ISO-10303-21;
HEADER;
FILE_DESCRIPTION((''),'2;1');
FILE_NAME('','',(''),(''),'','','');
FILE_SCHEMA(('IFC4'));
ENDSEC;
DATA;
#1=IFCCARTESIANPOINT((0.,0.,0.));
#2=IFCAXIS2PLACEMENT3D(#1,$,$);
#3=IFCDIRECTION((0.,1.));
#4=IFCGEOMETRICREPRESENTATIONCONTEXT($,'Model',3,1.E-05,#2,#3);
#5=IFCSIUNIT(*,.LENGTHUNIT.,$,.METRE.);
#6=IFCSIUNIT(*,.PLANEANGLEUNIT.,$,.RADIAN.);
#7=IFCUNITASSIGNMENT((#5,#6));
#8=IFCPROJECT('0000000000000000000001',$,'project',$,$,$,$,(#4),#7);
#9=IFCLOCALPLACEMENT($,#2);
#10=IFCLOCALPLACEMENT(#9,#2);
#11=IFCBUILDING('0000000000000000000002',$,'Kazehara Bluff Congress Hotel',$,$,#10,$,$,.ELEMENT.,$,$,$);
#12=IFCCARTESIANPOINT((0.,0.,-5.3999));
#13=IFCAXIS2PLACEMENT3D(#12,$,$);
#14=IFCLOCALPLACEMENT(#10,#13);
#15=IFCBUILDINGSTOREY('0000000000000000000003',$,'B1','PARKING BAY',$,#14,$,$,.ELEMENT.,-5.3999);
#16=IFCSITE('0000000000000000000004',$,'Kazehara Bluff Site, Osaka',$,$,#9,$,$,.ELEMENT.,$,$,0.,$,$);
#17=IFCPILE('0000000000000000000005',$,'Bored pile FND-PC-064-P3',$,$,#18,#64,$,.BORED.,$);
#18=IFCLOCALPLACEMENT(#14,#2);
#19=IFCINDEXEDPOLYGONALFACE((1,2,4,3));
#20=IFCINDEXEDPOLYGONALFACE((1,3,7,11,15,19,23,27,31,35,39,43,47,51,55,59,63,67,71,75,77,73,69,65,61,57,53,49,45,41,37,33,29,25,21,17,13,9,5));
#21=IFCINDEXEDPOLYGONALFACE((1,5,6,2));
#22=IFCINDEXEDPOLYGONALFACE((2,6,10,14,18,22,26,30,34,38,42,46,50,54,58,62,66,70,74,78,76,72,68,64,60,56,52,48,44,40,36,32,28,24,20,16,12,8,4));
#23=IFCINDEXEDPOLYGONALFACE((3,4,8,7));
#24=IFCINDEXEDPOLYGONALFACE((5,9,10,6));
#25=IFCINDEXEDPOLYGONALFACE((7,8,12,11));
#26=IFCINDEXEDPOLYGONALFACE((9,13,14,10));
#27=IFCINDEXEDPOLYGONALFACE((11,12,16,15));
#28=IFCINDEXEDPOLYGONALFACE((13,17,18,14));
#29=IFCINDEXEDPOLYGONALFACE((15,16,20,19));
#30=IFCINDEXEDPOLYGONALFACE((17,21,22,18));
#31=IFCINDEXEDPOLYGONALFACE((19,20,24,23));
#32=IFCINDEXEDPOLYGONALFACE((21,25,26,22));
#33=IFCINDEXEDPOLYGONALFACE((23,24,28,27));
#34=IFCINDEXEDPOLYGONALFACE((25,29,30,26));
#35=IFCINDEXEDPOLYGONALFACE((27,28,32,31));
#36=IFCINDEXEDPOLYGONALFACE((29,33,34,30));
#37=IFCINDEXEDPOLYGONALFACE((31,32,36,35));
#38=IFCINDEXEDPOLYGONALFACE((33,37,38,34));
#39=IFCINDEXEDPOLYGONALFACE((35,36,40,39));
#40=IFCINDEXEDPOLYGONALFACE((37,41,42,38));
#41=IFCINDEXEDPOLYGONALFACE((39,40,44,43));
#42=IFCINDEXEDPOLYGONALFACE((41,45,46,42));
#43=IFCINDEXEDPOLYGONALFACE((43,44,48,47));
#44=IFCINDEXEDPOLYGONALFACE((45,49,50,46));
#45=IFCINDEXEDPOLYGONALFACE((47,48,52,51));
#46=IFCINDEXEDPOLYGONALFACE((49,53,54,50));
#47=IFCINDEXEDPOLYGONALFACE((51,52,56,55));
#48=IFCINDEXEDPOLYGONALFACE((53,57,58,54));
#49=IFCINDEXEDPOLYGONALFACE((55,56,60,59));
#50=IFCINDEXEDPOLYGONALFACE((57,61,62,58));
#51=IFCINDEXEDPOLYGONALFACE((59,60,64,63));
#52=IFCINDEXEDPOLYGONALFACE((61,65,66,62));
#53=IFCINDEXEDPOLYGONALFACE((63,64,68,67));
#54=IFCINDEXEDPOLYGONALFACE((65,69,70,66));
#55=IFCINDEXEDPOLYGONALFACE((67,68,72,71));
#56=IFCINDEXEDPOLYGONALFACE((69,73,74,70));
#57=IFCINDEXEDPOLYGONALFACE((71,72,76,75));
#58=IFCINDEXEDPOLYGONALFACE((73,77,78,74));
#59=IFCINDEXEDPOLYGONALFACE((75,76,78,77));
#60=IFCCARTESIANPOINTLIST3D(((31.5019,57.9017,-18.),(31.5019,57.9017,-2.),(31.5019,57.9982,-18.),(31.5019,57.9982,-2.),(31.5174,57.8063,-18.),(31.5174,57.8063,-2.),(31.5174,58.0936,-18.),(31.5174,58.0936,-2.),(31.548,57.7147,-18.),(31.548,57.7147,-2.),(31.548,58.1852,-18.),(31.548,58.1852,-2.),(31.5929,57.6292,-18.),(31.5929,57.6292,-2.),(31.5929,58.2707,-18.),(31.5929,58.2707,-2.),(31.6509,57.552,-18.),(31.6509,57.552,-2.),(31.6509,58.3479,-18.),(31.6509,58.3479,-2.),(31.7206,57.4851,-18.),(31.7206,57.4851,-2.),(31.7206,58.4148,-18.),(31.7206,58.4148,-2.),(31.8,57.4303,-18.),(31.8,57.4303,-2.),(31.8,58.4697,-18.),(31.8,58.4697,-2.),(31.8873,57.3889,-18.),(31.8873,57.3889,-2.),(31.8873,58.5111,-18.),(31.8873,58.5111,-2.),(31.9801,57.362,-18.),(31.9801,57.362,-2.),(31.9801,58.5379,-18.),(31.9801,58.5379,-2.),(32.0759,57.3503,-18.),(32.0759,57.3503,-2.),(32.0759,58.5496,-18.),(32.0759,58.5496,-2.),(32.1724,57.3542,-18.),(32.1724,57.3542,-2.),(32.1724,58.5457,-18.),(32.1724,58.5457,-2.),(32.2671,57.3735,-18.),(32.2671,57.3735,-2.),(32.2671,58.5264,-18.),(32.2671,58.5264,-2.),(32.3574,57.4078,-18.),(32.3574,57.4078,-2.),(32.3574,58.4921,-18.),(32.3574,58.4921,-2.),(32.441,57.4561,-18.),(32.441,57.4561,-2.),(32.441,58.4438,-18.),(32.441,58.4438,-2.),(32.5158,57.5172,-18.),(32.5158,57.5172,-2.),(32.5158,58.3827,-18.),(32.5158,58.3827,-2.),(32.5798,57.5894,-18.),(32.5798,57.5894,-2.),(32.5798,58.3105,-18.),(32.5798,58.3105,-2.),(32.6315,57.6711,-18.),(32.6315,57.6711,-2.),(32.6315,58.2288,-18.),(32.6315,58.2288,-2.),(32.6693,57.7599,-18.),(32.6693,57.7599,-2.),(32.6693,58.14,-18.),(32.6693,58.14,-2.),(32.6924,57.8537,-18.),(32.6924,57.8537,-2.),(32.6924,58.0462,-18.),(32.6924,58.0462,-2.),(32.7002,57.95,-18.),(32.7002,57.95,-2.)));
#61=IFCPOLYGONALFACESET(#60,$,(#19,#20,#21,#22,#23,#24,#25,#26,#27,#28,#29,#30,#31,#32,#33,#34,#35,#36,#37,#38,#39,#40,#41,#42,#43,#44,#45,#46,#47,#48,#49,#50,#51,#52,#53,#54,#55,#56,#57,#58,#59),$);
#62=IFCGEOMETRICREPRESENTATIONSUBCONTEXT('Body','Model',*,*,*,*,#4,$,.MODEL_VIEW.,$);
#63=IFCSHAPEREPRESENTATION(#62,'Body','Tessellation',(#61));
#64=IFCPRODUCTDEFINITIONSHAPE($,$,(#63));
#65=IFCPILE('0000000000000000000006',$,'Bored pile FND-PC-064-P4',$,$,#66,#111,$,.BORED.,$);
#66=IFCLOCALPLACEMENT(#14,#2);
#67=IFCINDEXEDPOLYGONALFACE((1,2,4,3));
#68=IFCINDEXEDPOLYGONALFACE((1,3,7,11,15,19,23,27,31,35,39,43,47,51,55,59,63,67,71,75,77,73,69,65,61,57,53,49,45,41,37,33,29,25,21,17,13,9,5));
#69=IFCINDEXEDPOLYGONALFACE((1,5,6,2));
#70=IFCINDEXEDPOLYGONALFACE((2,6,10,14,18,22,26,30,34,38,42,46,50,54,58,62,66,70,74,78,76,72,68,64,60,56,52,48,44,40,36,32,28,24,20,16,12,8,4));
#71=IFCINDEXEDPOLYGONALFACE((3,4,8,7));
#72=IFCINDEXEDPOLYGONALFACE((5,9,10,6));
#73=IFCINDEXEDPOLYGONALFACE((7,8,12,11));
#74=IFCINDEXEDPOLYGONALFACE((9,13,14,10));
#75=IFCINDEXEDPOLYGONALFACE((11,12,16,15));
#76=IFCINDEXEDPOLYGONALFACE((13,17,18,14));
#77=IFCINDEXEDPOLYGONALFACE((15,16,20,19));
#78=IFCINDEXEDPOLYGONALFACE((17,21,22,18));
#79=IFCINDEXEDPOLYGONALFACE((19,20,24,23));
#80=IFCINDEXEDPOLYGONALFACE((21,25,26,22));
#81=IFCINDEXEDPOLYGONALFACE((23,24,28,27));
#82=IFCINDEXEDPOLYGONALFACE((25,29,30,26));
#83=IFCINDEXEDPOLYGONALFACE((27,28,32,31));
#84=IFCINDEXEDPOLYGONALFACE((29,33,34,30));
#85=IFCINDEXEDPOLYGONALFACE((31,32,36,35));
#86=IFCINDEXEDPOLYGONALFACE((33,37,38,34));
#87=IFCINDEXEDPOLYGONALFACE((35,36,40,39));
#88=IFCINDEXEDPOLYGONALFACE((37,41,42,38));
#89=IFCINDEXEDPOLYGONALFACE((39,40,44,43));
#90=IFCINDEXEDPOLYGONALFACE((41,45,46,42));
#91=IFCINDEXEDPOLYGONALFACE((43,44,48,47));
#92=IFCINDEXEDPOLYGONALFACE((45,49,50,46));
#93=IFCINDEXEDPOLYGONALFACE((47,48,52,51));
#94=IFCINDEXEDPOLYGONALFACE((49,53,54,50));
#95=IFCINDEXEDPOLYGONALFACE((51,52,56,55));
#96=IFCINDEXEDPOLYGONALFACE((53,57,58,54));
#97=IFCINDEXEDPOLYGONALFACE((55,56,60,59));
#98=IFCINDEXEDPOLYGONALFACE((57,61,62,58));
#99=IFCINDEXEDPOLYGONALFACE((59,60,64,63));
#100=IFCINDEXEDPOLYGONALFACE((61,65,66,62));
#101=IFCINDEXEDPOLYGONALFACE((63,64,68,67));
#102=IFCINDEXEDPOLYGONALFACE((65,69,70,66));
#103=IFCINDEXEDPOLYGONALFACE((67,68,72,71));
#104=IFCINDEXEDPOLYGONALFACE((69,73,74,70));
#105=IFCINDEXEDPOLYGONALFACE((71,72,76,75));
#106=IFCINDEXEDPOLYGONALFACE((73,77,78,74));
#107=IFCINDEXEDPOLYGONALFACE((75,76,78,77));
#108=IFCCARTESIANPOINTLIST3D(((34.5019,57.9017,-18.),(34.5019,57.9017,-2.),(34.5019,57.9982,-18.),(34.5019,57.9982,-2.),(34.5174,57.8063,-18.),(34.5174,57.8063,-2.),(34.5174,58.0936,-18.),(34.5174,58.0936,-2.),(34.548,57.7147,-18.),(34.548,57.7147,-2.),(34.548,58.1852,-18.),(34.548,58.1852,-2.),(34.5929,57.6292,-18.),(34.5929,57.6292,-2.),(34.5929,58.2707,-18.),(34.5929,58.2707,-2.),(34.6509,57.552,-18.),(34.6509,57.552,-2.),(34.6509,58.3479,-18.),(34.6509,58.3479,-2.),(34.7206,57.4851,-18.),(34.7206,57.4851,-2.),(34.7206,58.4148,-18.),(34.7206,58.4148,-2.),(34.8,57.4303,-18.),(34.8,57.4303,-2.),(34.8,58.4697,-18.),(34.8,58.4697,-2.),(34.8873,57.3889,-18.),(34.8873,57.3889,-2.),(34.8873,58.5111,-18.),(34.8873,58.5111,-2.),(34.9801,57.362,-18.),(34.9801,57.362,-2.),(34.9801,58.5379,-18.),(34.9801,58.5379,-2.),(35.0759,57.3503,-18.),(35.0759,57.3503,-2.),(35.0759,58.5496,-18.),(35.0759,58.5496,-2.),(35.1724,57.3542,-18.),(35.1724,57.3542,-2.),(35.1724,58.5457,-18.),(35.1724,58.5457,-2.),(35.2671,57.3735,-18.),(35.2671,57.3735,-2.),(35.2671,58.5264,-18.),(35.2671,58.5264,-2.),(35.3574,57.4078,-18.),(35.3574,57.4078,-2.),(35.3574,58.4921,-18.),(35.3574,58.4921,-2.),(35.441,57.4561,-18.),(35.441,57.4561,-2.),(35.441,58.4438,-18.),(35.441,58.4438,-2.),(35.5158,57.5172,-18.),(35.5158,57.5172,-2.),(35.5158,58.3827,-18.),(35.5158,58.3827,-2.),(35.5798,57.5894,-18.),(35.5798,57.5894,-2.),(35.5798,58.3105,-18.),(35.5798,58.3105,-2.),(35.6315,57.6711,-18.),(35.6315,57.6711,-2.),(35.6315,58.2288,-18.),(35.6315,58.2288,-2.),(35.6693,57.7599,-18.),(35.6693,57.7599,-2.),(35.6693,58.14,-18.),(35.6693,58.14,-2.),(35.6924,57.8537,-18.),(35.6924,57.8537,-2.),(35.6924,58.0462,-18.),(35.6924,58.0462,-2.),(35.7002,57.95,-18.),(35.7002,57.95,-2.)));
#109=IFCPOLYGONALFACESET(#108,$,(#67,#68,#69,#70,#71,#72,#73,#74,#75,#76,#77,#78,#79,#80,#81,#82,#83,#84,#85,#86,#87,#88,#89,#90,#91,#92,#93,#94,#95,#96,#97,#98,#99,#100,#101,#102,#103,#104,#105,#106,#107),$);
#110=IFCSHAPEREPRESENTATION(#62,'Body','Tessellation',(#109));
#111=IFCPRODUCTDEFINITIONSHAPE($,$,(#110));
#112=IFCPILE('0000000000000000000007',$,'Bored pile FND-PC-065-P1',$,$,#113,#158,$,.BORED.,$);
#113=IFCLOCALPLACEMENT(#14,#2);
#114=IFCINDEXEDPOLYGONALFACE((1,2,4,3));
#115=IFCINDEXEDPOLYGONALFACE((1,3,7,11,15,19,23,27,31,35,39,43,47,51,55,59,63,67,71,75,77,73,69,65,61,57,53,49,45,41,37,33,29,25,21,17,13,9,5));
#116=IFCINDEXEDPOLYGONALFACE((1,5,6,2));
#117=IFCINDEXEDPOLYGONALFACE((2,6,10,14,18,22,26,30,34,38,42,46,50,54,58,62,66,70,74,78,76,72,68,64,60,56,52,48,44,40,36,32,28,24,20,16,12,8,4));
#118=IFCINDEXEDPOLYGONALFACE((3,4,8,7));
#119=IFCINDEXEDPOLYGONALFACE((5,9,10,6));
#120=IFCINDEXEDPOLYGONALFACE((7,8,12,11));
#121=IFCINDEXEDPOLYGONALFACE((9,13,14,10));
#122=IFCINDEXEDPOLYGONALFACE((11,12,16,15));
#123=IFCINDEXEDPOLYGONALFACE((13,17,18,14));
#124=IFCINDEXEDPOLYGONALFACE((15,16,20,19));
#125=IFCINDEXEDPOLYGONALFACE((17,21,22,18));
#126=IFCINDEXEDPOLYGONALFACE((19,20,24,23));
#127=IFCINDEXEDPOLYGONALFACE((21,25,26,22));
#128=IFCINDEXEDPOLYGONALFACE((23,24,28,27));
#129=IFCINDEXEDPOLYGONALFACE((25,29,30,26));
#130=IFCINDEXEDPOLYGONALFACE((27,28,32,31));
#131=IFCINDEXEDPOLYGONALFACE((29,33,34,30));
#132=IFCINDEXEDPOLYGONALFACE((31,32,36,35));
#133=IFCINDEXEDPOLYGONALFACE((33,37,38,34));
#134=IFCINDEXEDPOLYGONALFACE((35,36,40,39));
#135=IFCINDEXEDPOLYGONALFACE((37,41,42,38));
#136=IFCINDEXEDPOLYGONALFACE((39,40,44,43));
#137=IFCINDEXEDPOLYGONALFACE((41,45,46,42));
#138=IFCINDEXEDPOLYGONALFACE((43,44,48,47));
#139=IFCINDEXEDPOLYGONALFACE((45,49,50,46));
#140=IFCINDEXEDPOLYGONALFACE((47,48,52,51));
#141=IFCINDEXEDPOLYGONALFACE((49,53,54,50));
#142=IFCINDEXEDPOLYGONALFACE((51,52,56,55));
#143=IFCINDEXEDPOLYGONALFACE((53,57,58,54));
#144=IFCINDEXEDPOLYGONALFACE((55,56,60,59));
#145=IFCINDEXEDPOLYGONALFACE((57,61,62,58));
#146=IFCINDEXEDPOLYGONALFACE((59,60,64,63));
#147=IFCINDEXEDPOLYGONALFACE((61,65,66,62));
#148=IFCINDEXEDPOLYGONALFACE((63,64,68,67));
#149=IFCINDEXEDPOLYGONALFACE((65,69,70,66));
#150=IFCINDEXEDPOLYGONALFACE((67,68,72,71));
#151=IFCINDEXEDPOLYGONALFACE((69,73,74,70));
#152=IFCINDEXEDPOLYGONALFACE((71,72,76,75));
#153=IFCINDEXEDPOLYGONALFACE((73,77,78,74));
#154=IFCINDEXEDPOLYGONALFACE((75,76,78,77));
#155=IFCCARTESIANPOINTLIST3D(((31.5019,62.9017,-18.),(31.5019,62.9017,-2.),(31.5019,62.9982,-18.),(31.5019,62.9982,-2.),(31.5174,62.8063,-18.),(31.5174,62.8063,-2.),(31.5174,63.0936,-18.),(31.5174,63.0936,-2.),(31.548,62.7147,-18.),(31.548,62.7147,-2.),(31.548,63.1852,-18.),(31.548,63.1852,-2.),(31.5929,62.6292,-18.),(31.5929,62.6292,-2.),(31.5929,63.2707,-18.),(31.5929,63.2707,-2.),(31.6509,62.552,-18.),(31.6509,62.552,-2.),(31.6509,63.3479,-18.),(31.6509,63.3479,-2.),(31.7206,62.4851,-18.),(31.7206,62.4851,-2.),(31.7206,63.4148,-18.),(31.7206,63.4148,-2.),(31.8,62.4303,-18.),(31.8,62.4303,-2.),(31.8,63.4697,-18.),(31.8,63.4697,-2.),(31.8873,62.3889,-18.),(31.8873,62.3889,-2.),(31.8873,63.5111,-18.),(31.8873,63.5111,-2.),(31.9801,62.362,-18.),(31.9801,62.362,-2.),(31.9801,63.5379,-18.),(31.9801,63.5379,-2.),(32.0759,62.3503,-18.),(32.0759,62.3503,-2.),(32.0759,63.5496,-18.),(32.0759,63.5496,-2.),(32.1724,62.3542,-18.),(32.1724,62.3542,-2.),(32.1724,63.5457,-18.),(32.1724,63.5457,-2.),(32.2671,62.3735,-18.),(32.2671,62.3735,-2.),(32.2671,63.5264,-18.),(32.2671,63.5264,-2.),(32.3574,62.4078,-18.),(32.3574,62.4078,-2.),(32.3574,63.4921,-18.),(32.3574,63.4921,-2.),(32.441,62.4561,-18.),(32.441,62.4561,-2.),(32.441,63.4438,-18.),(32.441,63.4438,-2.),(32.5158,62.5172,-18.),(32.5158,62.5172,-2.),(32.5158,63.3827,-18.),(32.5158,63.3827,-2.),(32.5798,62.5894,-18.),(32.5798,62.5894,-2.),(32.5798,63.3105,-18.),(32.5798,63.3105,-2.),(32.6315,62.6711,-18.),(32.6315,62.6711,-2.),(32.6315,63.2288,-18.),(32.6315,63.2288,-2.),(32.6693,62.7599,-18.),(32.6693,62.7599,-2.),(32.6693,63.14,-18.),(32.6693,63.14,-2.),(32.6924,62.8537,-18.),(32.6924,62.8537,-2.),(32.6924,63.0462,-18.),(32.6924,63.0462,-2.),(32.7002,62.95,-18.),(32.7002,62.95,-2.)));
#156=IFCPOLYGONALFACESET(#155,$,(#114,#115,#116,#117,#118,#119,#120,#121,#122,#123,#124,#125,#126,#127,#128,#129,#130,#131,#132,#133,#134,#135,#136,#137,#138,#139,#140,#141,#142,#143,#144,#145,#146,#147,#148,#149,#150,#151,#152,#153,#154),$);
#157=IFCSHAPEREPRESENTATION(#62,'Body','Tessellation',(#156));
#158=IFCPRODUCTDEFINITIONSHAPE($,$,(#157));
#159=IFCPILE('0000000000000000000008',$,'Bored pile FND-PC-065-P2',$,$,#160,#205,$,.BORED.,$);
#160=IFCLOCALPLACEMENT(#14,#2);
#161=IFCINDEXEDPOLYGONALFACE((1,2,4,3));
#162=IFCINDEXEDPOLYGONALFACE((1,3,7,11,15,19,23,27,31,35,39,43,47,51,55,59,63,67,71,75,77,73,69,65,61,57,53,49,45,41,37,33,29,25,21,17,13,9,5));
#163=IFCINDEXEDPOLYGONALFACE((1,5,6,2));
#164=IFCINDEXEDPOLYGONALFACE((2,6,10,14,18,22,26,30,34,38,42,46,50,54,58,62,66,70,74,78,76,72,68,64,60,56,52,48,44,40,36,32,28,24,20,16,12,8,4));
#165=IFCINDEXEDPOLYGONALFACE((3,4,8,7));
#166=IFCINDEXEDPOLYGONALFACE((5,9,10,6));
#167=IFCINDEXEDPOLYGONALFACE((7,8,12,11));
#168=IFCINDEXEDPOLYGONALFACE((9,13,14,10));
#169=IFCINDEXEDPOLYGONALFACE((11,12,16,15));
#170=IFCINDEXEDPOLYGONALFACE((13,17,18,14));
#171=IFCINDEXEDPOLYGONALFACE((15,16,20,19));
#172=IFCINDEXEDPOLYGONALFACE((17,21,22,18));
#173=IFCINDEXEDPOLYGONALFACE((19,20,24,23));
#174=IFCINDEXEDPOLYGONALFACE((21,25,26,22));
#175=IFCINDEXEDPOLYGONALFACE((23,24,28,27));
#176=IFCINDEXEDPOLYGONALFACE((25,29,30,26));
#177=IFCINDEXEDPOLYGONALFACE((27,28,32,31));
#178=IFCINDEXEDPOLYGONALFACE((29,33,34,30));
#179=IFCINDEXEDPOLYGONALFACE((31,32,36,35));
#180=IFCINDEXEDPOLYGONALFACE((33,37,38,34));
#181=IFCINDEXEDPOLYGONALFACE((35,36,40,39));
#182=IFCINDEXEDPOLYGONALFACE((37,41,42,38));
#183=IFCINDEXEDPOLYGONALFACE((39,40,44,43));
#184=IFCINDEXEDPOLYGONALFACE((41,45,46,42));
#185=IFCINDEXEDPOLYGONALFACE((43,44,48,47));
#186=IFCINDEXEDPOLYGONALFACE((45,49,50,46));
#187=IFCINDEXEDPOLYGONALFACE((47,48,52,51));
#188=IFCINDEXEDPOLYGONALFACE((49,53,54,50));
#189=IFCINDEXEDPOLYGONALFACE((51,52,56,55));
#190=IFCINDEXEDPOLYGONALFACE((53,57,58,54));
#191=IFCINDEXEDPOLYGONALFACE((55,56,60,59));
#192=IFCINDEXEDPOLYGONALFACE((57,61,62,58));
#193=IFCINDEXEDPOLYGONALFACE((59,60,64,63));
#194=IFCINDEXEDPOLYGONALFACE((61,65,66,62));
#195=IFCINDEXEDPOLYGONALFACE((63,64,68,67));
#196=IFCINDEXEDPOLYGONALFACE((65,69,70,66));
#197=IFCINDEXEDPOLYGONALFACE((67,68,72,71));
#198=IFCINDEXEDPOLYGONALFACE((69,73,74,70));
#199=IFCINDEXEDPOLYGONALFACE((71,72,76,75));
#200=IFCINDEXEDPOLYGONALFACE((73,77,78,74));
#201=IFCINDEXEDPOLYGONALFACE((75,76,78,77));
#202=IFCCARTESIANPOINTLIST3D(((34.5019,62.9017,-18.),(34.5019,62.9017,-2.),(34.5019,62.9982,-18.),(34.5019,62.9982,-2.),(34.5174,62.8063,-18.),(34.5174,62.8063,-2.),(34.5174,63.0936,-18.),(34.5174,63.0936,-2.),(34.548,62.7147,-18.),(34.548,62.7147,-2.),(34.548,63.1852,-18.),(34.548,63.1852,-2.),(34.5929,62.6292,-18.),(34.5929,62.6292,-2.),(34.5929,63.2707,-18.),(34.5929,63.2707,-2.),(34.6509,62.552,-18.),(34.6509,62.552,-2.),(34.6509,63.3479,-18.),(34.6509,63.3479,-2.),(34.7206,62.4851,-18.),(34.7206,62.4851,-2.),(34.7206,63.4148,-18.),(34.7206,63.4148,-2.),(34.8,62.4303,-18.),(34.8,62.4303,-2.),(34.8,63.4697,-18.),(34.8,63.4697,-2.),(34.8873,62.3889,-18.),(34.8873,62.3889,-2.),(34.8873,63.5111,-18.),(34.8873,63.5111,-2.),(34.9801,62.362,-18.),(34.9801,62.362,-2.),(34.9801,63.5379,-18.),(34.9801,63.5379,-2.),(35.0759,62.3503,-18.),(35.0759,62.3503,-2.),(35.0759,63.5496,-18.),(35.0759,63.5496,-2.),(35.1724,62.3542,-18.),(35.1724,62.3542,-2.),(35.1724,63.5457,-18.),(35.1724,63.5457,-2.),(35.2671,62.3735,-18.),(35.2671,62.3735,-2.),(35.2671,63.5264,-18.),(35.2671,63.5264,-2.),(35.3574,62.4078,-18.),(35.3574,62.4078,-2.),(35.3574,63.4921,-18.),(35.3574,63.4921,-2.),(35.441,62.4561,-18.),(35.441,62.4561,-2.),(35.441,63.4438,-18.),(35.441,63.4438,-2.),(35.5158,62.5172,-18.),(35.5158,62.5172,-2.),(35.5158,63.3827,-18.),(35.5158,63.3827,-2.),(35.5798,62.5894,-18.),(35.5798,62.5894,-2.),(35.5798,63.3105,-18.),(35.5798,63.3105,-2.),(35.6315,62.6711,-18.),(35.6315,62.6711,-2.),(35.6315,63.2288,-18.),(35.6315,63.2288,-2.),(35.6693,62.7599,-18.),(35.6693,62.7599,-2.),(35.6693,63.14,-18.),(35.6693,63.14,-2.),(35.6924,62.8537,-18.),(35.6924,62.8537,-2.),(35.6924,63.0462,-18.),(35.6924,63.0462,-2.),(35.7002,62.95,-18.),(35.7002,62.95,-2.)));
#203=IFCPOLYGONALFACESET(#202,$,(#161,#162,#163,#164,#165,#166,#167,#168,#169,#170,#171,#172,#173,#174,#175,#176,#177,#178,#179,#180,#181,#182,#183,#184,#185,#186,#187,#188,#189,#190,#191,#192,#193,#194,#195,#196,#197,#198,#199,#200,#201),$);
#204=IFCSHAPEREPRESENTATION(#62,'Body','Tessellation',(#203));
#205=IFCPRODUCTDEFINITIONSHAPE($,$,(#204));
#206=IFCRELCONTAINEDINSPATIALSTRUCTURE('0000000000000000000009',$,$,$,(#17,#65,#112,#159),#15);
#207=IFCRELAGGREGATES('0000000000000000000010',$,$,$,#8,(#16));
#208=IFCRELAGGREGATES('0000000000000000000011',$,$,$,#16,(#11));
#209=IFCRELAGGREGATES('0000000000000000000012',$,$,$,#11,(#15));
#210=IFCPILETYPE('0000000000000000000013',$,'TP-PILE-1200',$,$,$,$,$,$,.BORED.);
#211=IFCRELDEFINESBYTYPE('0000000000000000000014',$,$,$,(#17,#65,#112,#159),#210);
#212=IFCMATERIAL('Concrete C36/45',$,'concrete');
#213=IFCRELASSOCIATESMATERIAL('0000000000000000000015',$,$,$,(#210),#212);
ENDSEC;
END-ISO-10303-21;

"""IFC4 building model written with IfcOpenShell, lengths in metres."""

from ifc_helpers import new_model, si_unit, direction, frame, origin, origin_2d, place, context, subcontext, project, spatial, circle, extrude, material, material_profile, profile_set, type_object, element, save


model = new_model("IFC4")

# Units and contexts
model_context = context("Model", 3, precision=1e-05, world=origin(), true_north=direction((0.0, 1.0)))
body_context = subcontext(model_context, "Body", "Model", "MODEL_VIEW")
ifc_project = project(units=[si_unit("LENGTHUNIT", "METRE"), si_unit("PLANEANGLEUNIT", "RADIAN")], contexts=[model_context])

# Site, building, storey
site_placement = place(None, origin())
site = spatial("IfcSite", under=ifc_project, at=site_placement, Name="Kazehara Bluff Site, Osaka", CompositionType="ELEMENT", RefElevation=0.0)
building_placement = place(site_placement, origin())
building = spatial("IfcBuilding", under=site, at=building_placement, Name="Kazehara Bluff Congress Hotel", CompositionType="ELEMENT")
storey_placement = place(building_placement, frame((0.0, 0.0, -5.3999)))
storey = spatial("IfcBuildingStorey", under=building, at=storey_placement, Name="B1", Description="PARKING BAY", CompositionType="ELEMENT", Elevation=-5.3999)

# Piles
ifc_material_1 = material(Name="Concrete C36/45", Category="concrete")
ifc_material_profile_1 = material_profile(ifc_material_1, circle(Radius=0.6001, at=origin_2d()))
ifc_profile_set_1 = profile_set([ifc_material_profile_1], Name="Concrete C36/45")
pile_type = type_object("IfcPileType", Name="TP-PILE-1200", PredefinedType="BORED", material=ifc_profile_set_1)
for number, where, z_axis, x_axis, name in (
    (1, (32.1001, 57.95, -2.0), (0.0, 0.0, -1.0), (1.0, 0.0, 0.0), "Bored pile FND-PC-064-P3"),
    (2, (35.1001, 57.95, -2.0), (0.0, 0.0, -1.0), (1.0, 0.0, 0.0), "Bored pile FND-PC-064-P4"),
    (3, (32.1001, 62.95, -2.0), (0.0, 0.0, -1.0), (1.0, 0.0, 0.0), "Bored pile FND-PC-065-P1"),
    (4, (35.1001, 62.95, -2.0), (0.0, 0.0, -1.0), (1.0, 0.0, 0.0), "Bored pile FND-PC-065-P2"),
):
    element("IfcPile", number, at=place(storey_placement, frame(where, z_axis=z_axis, x_axis=x_axis)), inside=storey, type_object=pile_type, Name=name, PredefinedType="BORED", context=body_context, shape_type="SweptSolid", body=[
        extrude(circle(Radius=0.6001, at=origin_2d()), origin(), (0.0, 0.0, 1.0), 16.0),
    ])

save(model, "model.ifc")
